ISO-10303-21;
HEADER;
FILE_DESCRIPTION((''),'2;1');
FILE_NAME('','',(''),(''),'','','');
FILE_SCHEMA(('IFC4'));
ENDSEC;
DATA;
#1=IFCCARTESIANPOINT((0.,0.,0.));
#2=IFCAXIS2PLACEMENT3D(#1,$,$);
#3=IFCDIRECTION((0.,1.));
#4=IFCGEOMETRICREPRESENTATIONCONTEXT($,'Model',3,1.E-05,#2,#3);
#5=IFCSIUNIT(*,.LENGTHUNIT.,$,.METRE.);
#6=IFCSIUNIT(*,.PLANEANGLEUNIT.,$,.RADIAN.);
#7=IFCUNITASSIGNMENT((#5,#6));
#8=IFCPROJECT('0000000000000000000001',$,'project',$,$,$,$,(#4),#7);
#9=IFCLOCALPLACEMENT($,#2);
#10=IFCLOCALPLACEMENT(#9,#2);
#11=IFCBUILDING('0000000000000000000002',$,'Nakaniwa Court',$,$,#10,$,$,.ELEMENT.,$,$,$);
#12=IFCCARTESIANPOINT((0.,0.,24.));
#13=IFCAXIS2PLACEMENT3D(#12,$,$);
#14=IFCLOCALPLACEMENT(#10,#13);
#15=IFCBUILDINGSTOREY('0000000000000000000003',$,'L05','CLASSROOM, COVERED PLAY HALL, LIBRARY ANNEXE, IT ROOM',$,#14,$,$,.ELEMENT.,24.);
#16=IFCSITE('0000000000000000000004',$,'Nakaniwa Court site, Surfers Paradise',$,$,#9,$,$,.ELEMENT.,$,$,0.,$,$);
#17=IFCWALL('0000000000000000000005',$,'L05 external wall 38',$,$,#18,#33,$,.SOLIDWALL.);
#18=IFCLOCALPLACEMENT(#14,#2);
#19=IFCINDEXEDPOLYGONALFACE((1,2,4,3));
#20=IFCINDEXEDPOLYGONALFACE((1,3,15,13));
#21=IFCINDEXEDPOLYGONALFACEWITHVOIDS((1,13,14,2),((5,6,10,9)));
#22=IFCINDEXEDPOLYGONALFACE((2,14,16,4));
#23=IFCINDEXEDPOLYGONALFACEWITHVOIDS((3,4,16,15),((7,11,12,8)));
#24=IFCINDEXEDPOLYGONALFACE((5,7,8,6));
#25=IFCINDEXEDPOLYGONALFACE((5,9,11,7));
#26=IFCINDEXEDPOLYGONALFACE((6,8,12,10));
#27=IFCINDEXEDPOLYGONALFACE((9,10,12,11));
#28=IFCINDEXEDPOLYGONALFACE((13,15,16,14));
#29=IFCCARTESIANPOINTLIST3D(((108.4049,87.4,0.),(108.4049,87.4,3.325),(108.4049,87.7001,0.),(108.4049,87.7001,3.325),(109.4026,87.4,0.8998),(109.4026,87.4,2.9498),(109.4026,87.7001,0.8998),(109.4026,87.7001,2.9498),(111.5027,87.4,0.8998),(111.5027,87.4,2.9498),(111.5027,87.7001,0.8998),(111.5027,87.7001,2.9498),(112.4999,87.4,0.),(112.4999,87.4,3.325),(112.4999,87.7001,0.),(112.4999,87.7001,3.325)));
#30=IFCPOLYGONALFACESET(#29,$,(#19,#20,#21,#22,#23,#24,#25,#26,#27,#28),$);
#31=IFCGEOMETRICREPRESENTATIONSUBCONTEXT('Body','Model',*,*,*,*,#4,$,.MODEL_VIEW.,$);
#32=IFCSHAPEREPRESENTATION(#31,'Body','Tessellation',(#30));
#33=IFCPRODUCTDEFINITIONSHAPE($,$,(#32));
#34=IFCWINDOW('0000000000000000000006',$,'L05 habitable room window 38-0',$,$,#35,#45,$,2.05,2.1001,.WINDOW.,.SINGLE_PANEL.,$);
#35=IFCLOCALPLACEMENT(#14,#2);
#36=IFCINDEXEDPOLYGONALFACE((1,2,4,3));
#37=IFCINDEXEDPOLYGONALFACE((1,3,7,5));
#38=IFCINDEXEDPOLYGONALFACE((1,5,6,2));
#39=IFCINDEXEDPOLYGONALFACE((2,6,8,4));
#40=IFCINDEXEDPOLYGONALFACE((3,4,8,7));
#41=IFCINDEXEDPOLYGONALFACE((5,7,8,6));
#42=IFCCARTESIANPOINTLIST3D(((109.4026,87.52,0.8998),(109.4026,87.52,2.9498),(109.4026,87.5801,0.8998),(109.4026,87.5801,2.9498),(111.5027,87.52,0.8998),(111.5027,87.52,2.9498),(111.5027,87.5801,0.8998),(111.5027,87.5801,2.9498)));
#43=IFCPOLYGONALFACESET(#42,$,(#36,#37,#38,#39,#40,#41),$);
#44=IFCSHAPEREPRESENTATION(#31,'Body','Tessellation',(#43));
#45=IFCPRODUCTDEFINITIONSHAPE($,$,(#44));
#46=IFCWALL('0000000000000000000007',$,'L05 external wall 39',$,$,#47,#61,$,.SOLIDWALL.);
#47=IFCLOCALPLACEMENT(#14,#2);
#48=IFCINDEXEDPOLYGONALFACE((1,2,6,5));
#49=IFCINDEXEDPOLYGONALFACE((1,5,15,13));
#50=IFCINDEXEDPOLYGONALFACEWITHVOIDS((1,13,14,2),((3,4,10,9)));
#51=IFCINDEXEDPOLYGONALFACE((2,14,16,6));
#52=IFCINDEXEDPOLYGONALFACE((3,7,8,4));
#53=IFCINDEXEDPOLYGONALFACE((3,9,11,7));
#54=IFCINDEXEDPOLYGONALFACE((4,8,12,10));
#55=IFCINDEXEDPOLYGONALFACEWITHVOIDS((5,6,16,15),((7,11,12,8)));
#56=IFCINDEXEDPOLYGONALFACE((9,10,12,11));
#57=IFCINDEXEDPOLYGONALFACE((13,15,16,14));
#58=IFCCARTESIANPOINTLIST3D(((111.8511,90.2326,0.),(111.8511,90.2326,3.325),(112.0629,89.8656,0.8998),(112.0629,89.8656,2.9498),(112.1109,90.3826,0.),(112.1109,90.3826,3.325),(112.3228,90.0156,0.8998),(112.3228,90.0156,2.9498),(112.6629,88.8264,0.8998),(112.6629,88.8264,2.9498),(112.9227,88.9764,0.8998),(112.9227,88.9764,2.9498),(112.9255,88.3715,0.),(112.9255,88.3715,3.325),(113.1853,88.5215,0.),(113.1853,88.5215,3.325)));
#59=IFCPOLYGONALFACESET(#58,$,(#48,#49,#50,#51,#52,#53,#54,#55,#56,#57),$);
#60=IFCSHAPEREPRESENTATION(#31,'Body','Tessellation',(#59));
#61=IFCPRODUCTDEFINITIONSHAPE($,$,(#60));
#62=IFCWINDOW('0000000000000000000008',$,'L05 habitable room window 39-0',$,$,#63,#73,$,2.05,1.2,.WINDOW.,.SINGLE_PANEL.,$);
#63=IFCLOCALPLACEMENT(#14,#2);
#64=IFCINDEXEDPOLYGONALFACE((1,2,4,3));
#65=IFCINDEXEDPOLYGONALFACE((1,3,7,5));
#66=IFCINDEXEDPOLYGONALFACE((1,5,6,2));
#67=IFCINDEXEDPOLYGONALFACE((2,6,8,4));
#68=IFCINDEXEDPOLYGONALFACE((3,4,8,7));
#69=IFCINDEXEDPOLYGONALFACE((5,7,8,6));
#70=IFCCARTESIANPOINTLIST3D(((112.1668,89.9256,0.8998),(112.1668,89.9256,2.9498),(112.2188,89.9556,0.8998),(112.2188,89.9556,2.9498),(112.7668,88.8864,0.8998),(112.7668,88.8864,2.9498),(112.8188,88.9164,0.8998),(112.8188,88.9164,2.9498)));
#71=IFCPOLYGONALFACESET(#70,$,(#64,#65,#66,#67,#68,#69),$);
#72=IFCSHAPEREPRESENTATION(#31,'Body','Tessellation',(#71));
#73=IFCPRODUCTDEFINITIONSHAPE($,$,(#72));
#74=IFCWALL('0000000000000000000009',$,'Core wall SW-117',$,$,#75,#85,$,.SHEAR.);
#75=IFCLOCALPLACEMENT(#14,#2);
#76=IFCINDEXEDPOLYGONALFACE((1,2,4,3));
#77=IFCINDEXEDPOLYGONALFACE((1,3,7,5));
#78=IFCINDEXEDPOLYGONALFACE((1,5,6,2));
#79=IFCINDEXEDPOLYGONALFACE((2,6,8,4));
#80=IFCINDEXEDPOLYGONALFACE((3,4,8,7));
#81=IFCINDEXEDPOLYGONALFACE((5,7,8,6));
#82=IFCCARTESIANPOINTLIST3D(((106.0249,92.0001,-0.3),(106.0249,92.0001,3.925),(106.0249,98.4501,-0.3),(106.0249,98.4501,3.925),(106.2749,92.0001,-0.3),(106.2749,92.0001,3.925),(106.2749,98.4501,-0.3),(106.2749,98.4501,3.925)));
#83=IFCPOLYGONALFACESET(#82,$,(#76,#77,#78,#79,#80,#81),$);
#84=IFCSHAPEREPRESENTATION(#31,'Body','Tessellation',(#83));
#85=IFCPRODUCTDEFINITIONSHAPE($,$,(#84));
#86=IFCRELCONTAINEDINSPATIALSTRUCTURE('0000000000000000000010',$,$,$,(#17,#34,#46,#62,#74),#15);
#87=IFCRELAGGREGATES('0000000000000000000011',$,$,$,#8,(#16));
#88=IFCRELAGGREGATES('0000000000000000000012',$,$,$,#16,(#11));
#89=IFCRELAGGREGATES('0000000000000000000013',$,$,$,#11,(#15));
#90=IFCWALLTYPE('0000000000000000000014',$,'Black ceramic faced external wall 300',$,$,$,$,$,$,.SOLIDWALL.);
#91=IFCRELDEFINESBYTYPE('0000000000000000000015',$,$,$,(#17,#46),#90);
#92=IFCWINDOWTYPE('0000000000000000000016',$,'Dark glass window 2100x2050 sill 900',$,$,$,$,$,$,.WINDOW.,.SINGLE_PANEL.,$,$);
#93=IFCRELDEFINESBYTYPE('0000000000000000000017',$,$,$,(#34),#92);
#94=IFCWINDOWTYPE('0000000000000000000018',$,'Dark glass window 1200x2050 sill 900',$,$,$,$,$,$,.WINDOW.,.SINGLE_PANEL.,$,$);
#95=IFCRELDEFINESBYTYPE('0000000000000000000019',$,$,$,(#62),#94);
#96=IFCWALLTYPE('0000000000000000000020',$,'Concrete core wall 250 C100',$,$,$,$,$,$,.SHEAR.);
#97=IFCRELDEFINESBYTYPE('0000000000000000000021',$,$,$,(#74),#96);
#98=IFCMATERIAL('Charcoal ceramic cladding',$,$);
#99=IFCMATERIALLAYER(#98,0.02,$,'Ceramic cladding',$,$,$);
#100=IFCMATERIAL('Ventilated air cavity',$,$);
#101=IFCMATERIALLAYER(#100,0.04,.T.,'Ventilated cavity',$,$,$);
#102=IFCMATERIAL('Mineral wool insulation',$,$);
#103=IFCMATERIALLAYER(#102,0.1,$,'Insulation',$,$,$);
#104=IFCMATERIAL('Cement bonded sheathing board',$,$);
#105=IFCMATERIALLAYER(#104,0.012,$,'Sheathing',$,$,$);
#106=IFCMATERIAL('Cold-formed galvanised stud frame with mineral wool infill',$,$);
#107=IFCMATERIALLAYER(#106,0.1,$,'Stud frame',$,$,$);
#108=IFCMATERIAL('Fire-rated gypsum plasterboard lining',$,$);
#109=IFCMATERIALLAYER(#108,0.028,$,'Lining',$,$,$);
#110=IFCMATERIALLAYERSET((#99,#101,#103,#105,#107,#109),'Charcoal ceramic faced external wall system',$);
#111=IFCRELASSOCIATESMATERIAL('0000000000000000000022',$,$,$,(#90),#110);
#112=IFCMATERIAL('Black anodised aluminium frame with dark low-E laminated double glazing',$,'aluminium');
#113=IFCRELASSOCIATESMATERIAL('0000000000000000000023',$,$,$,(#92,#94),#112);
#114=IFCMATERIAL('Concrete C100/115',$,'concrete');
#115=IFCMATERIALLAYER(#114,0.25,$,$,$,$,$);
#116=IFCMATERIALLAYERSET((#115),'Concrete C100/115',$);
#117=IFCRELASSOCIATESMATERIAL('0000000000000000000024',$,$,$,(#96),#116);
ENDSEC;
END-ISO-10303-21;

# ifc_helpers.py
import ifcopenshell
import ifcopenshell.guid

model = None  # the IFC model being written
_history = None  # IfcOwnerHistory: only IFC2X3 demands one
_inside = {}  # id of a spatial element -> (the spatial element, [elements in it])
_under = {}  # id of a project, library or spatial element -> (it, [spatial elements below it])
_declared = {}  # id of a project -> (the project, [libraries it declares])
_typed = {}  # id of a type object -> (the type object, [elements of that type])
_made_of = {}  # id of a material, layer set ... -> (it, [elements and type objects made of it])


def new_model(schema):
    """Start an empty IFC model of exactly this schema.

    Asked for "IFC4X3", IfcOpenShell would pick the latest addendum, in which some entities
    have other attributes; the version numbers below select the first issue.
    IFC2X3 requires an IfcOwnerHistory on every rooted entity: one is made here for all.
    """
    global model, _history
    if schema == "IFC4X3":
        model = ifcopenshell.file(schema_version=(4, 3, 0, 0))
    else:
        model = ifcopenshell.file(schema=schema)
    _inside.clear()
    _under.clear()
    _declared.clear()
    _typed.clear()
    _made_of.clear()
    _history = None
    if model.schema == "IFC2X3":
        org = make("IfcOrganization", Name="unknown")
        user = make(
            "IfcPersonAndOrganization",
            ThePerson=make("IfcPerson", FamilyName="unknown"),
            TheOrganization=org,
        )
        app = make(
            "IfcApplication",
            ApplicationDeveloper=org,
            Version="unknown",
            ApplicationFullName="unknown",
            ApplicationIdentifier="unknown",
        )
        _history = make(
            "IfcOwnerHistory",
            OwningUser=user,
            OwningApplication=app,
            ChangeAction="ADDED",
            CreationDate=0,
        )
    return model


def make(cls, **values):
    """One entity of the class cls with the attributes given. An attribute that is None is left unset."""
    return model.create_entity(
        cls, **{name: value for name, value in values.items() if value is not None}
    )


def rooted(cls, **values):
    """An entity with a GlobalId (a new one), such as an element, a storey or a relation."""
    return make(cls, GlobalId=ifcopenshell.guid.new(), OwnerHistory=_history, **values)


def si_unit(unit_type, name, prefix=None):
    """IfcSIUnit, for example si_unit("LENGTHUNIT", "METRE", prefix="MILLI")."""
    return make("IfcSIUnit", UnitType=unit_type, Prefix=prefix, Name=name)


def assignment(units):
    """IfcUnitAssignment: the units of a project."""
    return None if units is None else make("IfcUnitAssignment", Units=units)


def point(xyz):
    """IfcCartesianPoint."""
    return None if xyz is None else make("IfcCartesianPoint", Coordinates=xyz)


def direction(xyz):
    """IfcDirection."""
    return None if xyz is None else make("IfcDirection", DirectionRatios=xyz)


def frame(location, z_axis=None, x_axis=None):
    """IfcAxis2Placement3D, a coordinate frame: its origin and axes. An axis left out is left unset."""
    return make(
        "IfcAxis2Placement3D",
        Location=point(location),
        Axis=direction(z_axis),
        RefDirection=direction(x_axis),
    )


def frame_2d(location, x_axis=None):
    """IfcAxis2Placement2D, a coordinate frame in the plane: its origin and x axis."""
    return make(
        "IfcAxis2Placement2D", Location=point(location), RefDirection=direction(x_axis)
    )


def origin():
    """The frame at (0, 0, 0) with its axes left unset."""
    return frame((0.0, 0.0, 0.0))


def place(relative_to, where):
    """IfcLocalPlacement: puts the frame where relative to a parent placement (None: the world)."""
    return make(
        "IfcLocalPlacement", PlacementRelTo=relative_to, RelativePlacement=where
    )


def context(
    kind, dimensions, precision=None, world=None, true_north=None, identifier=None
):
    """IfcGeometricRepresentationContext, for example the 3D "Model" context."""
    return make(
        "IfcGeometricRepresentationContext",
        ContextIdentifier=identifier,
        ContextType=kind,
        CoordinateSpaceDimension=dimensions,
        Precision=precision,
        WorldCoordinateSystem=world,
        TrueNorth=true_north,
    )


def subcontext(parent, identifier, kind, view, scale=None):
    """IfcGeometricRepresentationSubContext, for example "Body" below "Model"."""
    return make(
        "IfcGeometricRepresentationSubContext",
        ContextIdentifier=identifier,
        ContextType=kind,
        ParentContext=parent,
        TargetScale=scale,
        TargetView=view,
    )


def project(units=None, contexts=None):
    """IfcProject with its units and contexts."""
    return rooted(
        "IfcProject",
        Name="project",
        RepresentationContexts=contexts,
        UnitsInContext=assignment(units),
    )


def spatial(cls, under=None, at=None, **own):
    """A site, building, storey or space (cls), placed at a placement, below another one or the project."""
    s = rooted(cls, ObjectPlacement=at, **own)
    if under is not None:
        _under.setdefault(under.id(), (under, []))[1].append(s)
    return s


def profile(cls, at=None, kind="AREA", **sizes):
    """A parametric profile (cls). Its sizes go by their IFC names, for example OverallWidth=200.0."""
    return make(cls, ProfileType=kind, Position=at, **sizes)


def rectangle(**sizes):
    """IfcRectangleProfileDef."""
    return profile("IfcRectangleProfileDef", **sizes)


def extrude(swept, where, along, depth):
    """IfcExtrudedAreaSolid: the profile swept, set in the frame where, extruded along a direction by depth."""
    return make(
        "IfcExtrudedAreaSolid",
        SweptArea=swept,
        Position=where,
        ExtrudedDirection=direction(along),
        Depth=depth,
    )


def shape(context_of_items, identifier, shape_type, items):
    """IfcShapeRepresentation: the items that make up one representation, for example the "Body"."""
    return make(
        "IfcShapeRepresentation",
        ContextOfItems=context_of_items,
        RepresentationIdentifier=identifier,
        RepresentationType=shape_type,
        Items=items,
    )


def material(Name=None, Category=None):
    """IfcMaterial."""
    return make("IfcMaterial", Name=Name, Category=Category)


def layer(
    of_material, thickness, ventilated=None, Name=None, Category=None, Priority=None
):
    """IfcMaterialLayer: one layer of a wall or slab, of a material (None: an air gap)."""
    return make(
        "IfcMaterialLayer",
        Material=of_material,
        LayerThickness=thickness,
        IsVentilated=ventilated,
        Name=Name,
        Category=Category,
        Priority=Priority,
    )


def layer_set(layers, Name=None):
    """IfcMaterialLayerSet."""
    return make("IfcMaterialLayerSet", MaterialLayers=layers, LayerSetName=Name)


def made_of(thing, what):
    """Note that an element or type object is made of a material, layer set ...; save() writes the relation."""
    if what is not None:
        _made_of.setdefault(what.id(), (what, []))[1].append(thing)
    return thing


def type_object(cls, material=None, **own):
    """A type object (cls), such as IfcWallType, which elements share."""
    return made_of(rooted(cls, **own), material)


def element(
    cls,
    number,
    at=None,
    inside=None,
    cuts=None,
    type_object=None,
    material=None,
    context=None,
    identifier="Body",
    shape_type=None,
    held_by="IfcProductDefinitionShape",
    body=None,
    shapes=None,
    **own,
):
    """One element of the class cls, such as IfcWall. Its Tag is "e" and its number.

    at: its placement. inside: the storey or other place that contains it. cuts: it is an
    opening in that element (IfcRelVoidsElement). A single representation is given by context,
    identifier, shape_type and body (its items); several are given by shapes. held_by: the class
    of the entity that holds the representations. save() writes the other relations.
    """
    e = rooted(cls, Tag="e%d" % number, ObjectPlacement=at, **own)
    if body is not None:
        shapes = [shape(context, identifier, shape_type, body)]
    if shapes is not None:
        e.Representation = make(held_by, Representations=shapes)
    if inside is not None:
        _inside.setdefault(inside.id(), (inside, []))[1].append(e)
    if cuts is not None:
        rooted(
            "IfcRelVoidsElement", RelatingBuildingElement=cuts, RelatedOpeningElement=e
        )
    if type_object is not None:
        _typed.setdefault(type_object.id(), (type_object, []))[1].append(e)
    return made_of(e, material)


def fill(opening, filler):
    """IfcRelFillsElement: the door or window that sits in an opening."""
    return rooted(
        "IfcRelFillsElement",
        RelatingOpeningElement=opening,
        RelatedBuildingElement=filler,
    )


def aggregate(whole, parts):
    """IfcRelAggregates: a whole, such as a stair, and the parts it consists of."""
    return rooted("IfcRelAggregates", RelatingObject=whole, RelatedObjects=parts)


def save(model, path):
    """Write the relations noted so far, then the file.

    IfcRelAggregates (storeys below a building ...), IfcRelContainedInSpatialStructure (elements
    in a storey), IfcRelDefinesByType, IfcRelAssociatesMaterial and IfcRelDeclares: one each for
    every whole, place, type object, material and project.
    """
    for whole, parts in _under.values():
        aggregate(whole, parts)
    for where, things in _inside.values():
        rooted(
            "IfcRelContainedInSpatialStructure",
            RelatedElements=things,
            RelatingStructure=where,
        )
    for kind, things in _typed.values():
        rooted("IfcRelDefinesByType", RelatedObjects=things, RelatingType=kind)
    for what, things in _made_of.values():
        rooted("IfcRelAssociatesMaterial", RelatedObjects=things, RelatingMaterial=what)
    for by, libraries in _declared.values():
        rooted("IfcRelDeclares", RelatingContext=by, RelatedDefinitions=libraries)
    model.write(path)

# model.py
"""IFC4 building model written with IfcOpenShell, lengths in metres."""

from ifc_helpers import new_model, si_unit, direction, frame, frame_2d, origin, place, context, subcontext, project, spatial, rectangle, extrude, material, layer, layer_set, type_object, element, fill, save


model = new_model("IFC4")

# Units and contexts
model_context = context("Model", 3, precision=1e-05, world=origin(), true_north=direction((0.0, 1.0)))
body_context = subcontext(model_context, "Body", "Model", "MODEL_VIEW")
ifc_project = project(units=[si_unit("LENGTHUNIT", "METRE"), si_unit("PLANEANGLEUNIT", "RADIAN")], contexts=[model_context])

# Site, building, storey
site_placement = place(None, origin())
site = spatial("IfcSite", under=ifc_project, at=site_placement, Name="Nakaniwa Court site, Surfers Paradise", CompositionType="ELEMENT", RefElevation=0.0)
building_placement = place(site_placement, origin())
building = spatial("IfcBuilding", under=site, at=building_placement, Name="Nakaniwa Court", CompositionType="ELEMENT")
storey_placement = place(building_placement, frame((0.0, 0.0, 24.0)))
storey = spatial("IfcBuildingStorey", under=building, at=storey_placement, Name="L05", Description="CLASSROOM, COVERED PLAY HALL, LIBRARY ANNEXE, IT ROOM", CompositionType="ELEMENT", Elevation=24.0)

# Shared definitions
ifc_material_1 = material(Name="Concrete C100/115", Category="concrete")

# Shared definitions
ifc_material_2 = material(Name="Black anodised aluminium frame with dark low-E laminated double glazing", Category="aluminium")

# Walls, openings, windows
ifc_material_3 = material(Name="Charcoal ceramic cladding")
ifc_layer_1 = layer(ifc_material_3, 0.02, Name="Ceramic cladding")
ifc_material_4 = material(Name="Ventilated air cavity")
ifc_layer_2 = layer(ifc_material_4, 0.04, ventilated=True, Name="Ventilated cavity")
ifc_material_5 = material(Name="Mineral wool insulation")
ifc_layer_3 = layer(ifc_material_5, 0.1, Name="Insulation")
ifc_material_6 = material(Name="Cement bonded sheathing board")
ifc_layer_4 = layer(ifc_material_6, 0.012, Name="Sheathing")
ifc_material_7 = material(Name="Cold-formed galvanised stud frame with mineral wool infill")
ifc_layer_5 = layer(ifc_material_7, 0.1, Name="Stud frame")
ifc_material_8 = material(Name="Fire-rated gypsum plasterboard lining")
ifc_layer_6 = layer(ifc_material_8, 0.028, Name="Lining")
ifc_layer_set_1 = layer_set([ifc_layer_1, ifc_layer_2, ifc_layer_3, ifc_layer_4, ifc_layer_5, ifc_layer_6], Name="Charcoal ceramic faced external wall system")
wall_type_1 = type_object("IfcWallType", Name="Black ceramic faced external wall 300", PredefinedType="SOLIDWALL", material=ifc_layer_set_1)
window_type_1 = type_object("IfcWindowType", Name="Dark glass window 2100x2050 sill 900", PartitioningType="SINGLE_PANEL", PredefinedType="WINDOW", material=ifc_material_2)
wall_1_placement = place(storey_placement, frame((108.405, 87.55, 0.0), z_axis=(0.0, 0.0, 1.0), x_axis=(1.0, 0.0, 0.0)))
wall_1 = element("IfcWall", 1, at=wall_1_placement, inside=storey, type_object=wall_type_1, Name="L05 external wall 38", PredefinedType="SOLIDWALL", context=body_context, shape_type="SweptSolid", body=[
    extrude(rectangle(XDim=4.095, YDim=0.3, at=frame_2d((2.0474, 0.0))), origin(), (0.0, 0.0, 1.0), 3.325),
])
opening_1_placement = place(wall_1_placement, frame((0.9976, 0.0, 0.8999)))
opening_1 = element("IfcOpeningElement", 2, at=opening_1_placement, cuts=wall_1, PredefinedType="OPENING", context=body_context, shape_type="SweptSolid", body=[
    extrude(rectangle(XDim=2.1001, YDim=2.05, at=frame_2d((1.05, 1.0249))), frame((0.0, 0.1599, 0.0), z_axis=(0.0, -1.0, 0.0), x_axis=(1.0, 0.0, 0.0)), (0.0, 0.0, 1.0), 0.3201),
])
window_1_placement = place(opening_1_placement, origin())
window_1 = element("IfcWindow", 3, at=window_1_placement, inside=storey, type_object=window_type_1, Name="L05 habitable room window 38-0", OverallHeight=2.05, OverallWidth=2.1001, PartitioningType="SINGLE_PANEL", PredefinedType="WINDOW", context=body_context, shape_type="SweptSolid", body=[
    extrude(rectangle(XDim=2.1001, YDim=2.05, at=frame_2d((1.05, 1.0249))), frame((0.0, 0.03, 0.0), z_axis=(0.0, -1.0, 0.0), x_axis=(1.0, 0.0, 0.0)), (0.0, 0.0, 1.0), 0.0601),
])
fill(opening_1, window_1)
wall_2_placement = place(storey_placement, frame((113.0554, 88.4465, 0.0), z_axis=(0.0, 0.0, 1.0), x_axis=(-0.499988, 0.866032, 0.0)))
wall_2 = element("IfcWall", 4, at=wall_2_placement, inside=storey, type_object=wall_type_1, Name="L05 external wall 39", PredefinedType="SOLIDWALL", context=body_context, shape_type="SweptSolid", body=[
    extrude(rectangle(XDim=2.1489, YDim=0.3, at=frame_2d((1.0745, 0.0))), origin(), (0.0, 0.0, 1.0), 3.325),
])
opening_2_placement = place(wall_2_placement, frame((0.5251, 0.0, 0.8999)))
opening_2 = element("IfcOpeningElement", 5, at=opening_2_placement, cuts=wall_2, PredefinedType="OPENING", context=body_context, shape_type="SweptSolid", body=[
    extrude(rectangle(XDim=1.2, YDim=2.05, at=frame_2d((0.6001, 1.0249))), frame((0.0, 0.1599, 0.0), z_axis=(0.0, -1.0, 0.0), x_axis=(1.0, 0.0, 0.0)), (0.0, 0.0, 1.0), 0.3201),
])
window_type_2 = type_object("IfcWindowType", Name="Dark glass window 1200x2050 sill 900", PartitioningType="SINGLE_PANEL", PredefinedType="WINDOW", material=ifc_material_2)
window_2_placement = place(opening_2_placement, origin())
window_2 = element("IfcWindow", 6, at=window_2_placement, inside=storey, type_object=window_type_2, Name="L05 habitable room window 39-0", OverallHeight=2.05, OverallWidth=1.2, PartitioningType="SINGLE_PANEL", PredefinedType="WINDOW", context=body_context, shape_type="SweptSolid", body=[
    extrude(rectangle(XDim=1.2, YDim=2.05, at=frame_2d((0.6001, 1.0249))), frame((0.0, 0.03, 0.0), z_axis=(0.0, -1.0, 0.0), x_axis=(1.0, 0.0, 0.0)), (0.0, 0.0, 1.0), 0.0601),
])
fill(opening_2, window_2)

# Wall
ifc_layer_7 = layer(ifc_material_1, 0.25)
ifc_layer_set_2 = layer_set([ifc_layer_7], Name="Concrete C100/115")
wall_type_2 = type_object("IfcWallType", Name="Concrete core wall 250 C100", PredefinedType="SHEAR", material=ifc_layer_set_2)
wall_3_placement = place(storey_placement, frame((106.1499, 92.0, -0.3), z_axis=(0.0, 0.0, 1.0), x_axis=(0.0, 1.0, 0.0)))
element("IfcWall", 7, at=wall_3_placement, inside=storey, type_object=wall_type_2, Name="Core wall SW-117", PredefinedType="SHEAR", context=body_context, shape_type="SweptSolid", body=[
    extrude(rectangle(XDim=6.45, YDim=0.25, at=frame_2d((3.2251, 0.0))), origin(), (0.0, 0.0, 1.0), 4.2251),
])

save(model, "model.ifc")
